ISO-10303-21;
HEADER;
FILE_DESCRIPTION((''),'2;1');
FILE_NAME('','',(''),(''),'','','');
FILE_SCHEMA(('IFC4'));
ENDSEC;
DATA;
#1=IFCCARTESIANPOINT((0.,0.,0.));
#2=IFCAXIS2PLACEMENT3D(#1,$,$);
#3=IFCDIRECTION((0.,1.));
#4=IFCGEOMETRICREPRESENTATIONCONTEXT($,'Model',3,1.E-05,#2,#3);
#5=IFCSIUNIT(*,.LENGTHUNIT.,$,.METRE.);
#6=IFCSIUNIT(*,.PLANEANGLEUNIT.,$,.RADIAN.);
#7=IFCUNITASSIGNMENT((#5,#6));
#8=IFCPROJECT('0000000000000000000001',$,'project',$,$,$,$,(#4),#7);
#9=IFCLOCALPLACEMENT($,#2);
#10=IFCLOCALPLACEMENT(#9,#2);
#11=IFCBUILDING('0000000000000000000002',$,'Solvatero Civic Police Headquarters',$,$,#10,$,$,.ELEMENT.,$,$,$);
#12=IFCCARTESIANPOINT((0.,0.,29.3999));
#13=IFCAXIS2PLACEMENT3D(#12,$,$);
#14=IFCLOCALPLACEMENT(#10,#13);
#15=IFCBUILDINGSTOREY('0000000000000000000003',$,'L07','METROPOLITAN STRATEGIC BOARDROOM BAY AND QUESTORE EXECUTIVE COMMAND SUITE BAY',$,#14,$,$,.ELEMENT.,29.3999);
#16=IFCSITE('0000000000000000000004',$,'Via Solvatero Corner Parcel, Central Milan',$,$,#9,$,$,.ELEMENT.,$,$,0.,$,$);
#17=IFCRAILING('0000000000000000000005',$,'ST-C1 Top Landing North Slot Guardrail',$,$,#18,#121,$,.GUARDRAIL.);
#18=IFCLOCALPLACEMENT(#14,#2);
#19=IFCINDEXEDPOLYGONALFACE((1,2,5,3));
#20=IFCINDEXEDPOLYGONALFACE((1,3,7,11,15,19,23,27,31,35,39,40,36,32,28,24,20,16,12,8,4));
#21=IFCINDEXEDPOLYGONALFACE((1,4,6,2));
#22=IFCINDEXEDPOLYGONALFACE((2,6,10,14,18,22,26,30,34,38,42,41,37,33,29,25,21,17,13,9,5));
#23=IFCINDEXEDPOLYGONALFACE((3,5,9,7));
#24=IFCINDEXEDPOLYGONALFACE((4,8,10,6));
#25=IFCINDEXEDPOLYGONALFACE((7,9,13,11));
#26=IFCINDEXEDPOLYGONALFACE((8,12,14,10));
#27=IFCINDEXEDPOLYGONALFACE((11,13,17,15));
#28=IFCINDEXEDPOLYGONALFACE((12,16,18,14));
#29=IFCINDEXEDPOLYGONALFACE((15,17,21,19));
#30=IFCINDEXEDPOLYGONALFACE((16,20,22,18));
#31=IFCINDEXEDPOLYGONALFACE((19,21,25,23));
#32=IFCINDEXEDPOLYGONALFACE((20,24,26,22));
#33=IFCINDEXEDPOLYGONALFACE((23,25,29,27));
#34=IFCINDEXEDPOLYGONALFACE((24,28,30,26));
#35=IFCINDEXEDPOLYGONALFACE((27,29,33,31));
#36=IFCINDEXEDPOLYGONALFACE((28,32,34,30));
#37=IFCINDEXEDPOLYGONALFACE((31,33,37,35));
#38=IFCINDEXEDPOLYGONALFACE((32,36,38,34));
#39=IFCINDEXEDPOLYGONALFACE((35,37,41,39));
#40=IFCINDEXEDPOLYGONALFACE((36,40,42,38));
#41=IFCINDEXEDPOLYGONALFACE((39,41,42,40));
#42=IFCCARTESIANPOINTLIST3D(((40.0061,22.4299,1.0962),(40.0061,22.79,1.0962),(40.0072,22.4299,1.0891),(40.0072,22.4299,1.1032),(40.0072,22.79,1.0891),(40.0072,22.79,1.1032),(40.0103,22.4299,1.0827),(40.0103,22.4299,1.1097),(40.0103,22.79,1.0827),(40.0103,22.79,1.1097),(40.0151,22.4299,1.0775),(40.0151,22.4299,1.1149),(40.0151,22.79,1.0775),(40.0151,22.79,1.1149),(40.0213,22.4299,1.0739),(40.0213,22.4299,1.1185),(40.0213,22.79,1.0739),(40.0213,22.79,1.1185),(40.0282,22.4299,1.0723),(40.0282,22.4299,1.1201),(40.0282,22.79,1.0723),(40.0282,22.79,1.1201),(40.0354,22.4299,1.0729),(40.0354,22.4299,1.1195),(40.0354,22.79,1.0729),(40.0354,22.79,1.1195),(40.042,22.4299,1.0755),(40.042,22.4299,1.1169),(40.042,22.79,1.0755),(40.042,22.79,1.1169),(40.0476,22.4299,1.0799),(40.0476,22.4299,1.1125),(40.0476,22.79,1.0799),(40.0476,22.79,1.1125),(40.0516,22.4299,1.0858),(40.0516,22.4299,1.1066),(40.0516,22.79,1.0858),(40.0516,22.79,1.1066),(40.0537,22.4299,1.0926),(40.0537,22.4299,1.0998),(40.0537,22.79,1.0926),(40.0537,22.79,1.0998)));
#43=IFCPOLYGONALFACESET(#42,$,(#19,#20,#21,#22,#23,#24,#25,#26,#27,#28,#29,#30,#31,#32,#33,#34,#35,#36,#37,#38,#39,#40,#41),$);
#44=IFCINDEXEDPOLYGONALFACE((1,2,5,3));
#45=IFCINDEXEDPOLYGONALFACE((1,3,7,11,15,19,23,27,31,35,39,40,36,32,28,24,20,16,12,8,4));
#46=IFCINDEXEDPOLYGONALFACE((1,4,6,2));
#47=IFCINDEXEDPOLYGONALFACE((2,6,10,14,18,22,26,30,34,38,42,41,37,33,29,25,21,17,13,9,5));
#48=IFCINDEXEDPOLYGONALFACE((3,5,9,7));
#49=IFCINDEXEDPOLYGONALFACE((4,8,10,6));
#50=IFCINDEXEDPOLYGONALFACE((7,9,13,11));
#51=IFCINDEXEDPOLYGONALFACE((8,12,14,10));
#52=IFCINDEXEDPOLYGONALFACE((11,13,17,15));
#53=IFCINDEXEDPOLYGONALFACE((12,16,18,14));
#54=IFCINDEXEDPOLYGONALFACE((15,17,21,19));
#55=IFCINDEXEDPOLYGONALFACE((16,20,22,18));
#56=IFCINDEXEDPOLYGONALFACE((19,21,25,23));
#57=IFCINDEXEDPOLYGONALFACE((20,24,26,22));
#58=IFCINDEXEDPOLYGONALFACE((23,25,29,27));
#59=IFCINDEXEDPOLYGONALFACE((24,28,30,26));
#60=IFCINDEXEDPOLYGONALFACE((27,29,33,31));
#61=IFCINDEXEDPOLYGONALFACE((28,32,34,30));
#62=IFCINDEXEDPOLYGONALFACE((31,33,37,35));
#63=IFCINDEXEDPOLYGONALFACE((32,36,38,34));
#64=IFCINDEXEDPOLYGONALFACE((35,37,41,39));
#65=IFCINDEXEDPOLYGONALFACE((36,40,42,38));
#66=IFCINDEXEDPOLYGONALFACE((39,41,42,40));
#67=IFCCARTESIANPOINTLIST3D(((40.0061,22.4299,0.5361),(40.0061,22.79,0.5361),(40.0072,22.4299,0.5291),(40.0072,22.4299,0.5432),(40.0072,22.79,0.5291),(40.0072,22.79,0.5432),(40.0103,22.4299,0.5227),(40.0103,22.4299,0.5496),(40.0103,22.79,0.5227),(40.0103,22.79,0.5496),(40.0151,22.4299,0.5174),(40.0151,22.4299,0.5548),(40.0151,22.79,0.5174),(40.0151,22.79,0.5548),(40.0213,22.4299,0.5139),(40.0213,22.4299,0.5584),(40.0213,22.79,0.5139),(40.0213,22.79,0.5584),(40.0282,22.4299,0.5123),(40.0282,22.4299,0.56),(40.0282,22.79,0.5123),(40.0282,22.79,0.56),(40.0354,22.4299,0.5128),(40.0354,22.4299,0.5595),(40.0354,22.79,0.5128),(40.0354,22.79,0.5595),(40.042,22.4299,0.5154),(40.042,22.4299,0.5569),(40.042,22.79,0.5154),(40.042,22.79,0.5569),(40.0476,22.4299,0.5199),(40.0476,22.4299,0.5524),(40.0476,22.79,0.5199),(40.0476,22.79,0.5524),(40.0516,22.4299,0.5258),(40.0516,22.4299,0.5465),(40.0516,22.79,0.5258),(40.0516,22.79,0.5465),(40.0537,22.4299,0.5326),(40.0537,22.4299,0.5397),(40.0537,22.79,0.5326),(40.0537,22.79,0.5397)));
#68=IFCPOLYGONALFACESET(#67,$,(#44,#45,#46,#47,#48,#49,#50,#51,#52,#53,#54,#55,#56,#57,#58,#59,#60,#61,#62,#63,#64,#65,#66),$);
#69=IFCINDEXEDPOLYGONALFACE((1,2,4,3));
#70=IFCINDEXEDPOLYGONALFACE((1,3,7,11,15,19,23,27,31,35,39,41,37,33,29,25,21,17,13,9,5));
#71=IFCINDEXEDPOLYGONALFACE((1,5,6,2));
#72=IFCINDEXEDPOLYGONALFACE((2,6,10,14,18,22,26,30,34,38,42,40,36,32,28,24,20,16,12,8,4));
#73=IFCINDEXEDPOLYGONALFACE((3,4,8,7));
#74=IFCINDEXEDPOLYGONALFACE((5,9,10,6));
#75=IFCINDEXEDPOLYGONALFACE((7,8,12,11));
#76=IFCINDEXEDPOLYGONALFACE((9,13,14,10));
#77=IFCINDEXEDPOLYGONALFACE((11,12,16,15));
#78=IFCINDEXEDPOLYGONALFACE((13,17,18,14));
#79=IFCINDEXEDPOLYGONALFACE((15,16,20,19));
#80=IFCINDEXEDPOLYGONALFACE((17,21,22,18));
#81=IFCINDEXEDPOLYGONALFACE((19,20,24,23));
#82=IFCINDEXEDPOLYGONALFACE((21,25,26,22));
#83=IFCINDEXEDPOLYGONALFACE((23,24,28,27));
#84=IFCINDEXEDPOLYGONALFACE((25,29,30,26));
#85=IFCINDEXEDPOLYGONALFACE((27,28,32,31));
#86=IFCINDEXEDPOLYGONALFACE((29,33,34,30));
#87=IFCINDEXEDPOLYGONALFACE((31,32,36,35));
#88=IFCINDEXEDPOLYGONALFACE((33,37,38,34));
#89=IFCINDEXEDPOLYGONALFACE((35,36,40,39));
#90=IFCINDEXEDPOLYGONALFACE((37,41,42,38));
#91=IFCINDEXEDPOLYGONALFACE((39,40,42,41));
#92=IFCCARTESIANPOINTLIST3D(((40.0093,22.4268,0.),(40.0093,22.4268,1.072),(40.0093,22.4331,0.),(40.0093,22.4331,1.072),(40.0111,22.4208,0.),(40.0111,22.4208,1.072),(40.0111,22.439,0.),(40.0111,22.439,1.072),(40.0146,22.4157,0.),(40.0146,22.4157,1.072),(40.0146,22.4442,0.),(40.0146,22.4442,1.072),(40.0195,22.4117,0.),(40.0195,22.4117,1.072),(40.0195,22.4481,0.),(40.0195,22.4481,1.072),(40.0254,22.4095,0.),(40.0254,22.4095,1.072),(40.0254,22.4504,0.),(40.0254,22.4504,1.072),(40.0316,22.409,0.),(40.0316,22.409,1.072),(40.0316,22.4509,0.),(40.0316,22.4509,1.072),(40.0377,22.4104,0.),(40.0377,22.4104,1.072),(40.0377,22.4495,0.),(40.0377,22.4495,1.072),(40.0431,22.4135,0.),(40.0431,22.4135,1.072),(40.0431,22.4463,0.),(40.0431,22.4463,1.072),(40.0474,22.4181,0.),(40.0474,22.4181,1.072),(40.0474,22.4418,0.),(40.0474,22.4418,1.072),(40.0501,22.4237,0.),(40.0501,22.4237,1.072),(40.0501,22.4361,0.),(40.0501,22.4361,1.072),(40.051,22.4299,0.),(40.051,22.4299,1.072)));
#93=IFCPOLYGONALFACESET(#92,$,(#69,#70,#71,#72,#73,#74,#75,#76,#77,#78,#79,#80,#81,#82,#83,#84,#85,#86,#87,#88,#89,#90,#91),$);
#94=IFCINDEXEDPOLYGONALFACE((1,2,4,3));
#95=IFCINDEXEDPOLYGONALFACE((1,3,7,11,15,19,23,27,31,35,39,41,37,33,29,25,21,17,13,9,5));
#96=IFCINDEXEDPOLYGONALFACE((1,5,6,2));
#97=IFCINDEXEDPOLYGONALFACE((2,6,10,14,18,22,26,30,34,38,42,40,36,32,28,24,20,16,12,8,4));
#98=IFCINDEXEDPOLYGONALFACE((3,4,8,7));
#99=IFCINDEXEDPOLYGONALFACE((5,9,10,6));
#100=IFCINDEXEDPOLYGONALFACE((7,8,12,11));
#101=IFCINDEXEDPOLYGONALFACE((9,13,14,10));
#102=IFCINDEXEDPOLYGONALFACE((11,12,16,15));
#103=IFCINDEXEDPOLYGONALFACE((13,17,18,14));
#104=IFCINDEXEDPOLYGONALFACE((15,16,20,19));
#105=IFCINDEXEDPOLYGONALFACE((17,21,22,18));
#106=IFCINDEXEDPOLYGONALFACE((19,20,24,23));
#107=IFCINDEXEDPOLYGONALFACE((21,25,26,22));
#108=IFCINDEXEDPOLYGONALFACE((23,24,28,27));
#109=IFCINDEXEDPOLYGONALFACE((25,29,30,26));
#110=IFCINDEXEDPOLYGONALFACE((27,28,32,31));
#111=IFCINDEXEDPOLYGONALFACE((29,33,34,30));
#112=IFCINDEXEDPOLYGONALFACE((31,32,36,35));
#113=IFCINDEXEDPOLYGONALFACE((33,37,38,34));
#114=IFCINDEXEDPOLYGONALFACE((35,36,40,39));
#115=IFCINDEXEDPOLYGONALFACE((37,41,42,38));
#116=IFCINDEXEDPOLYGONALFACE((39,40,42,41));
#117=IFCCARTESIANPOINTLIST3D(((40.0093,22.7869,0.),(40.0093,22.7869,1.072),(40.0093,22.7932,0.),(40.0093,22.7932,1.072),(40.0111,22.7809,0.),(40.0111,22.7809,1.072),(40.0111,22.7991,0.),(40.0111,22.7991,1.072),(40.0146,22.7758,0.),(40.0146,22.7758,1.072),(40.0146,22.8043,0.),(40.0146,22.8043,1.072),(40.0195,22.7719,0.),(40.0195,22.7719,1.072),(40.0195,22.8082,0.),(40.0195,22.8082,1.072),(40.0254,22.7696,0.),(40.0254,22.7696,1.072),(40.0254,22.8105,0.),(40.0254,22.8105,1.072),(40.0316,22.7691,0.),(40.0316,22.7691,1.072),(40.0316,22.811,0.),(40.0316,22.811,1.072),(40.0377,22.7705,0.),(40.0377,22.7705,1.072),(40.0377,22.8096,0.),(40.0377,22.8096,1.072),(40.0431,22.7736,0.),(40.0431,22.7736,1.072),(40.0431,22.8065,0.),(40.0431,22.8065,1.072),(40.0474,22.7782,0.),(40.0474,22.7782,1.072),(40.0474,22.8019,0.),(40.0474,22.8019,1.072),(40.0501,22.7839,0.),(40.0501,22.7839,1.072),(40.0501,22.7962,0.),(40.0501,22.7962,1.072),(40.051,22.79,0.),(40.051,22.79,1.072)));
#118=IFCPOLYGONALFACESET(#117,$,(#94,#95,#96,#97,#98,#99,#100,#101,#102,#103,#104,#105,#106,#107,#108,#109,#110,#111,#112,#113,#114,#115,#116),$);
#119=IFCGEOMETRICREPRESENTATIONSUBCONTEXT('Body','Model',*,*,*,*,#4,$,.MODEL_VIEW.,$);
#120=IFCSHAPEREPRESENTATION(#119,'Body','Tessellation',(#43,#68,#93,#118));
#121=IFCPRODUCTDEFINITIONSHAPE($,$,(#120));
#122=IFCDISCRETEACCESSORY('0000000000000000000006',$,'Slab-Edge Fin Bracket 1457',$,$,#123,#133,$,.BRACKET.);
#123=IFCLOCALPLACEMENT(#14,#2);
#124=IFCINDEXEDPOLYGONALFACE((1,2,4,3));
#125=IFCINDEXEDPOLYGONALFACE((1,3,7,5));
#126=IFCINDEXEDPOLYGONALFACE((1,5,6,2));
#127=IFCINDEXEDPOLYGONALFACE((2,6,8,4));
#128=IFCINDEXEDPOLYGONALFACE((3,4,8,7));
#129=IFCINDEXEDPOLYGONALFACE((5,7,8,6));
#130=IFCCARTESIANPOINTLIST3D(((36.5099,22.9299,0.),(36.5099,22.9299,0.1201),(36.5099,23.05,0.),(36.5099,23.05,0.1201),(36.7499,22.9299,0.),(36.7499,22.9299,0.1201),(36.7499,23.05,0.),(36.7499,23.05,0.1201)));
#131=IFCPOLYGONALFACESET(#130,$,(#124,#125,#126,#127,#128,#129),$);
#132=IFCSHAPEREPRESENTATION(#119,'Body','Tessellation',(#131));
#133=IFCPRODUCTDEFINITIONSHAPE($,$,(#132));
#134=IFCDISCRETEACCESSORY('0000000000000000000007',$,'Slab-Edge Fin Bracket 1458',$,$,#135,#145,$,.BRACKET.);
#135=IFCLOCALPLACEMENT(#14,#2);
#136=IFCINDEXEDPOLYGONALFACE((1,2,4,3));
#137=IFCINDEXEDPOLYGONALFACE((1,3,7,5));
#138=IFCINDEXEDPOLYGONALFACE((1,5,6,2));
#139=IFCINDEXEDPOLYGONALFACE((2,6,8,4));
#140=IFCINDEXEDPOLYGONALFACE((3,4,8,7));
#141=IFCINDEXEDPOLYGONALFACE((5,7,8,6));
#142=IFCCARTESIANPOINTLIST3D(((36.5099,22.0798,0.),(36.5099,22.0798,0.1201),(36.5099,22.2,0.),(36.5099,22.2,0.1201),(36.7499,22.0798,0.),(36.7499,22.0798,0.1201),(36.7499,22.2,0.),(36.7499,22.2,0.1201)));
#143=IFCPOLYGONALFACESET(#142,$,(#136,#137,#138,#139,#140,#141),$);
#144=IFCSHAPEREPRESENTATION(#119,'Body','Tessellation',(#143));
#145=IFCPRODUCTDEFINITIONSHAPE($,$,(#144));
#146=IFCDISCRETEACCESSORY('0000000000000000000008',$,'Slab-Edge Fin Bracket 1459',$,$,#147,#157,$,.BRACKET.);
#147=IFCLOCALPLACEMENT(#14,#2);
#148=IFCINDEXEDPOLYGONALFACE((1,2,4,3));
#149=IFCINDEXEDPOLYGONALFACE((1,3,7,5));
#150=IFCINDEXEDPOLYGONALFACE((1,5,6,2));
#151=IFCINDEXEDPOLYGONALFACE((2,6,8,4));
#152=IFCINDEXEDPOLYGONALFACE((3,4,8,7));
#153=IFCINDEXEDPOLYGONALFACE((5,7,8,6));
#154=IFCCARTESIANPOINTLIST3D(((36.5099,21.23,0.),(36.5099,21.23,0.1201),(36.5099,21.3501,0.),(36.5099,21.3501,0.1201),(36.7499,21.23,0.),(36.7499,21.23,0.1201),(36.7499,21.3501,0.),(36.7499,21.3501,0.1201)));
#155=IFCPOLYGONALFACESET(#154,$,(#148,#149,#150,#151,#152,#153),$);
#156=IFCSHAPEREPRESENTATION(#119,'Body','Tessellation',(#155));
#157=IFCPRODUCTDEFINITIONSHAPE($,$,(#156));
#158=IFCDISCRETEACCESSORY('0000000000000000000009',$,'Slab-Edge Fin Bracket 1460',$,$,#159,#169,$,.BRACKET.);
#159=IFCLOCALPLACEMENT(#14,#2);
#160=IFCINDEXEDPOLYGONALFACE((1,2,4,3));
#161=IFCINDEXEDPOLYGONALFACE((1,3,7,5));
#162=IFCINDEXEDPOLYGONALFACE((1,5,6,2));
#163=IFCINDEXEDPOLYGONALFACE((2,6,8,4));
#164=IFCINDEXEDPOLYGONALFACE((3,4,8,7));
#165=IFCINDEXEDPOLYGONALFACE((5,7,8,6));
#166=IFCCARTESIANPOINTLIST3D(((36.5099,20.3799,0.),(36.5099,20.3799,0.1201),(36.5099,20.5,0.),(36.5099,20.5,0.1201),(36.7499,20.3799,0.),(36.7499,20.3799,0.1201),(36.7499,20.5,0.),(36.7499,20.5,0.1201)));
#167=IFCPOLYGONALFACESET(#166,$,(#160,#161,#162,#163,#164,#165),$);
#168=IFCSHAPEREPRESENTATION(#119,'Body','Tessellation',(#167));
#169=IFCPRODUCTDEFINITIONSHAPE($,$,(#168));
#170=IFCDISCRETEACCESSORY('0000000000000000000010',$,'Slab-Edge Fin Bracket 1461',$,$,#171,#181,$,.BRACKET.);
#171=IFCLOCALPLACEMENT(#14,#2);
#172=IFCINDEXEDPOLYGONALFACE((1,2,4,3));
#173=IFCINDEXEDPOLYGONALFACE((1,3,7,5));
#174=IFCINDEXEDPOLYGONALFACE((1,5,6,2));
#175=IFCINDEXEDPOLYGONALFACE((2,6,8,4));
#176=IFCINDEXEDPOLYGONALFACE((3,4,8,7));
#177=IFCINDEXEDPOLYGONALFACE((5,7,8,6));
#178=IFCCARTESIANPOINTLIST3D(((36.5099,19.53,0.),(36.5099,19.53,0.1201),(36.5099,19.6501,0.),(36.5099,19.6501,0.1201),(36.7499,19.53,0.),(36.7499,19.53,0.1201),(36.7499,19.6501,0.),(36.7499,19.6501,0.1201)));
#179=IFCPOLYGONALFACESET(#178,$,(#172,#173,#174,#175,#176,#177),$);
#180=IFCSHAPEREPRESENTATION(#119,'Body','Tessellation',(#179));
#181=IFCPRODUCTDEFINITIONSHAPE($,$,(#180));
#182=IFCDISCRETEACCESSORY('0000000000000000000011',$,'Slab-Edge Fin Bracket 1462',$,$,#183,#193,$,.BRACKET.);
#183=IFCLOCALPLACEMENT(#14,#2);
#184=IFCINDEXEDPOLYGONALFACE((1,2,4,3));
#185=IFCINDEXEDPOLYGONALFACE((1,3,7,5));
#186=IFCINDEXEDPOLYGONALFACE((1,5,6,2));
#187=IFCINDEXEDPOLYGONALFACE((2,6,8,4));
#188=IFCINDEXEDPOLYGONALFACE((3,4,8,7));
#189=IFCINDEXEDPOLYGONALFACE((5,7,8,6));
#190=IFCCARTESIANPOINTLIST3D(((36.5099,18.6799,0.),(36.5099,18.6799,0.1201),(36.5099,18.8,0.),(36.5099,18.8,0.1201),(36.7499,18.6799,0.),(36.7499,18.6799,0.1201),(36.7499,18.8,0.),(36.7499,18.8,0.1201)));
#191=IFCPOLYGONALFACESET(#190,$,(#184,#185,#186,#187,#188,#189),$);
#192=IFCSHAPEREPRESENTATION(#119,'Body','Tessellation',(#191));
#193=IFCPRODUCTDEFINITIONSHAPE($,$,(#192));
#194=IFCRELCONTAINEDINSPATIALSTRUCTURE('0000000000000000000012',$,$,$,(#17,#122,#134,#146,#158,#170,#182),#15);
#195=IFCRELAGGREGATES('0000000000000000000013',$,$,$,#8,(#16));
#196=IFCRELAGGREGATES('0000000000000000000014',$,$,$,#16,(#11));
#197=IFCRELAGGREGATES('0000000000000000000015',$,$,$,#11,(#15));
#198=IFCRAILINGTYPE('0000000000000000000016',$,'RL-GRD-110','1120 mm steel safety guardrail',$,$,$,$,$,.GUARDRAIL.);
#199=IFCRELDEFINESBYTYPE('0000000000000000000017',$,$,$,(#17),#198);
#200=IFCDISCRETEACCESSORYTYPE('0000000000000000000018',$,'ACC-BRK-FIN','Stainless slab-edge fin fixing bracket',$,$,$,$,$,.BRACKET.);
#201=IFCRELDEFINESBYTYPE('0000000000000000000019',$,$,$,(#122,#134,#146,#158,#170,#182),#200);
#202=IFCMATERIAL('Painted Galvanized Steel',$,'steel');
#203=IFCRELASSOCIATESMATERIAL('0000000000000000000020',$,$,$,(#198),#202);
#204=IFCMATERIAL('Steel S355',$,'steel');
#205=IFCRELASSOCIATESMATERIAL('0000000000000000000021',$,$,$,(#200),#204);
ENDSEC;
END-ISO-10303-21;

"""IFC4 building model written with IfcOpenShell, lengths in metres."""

from ifc_helpers import new_model, si_unit, direction, frame, origin, origin_2d, place, context, subcontext, project, spatial, rectangle, circle, extrude, material, type_object, element, save


model = new_model("IFC4")

# Units and contexts
model_context = context("Model", 3, precision=1e-05, world=origin(), true_north=direction((0.0, 1.0)))
body_context = subcontext(model_context, "Body", "Model", "MODEL_VIEW")
ifc_project = project(units=[si_unit("LENGTHUNIT", "METRE"), si_unit("PLANEANGLEUNIT", "RADIAN")], contexts=[model_context])

# Site, building, storey
site_placement = place(None, origin())
site = spatial("IfcSite", under=ifc_project, at=site_placement, Name="Via Solvatero Corner Parcel, Central Milan", CompositionType="ELEMENT", RefElevation=0.0)
building_placement = place(site_placement, origin())
building = spatial("IfcBuilding", under=site, at=building_placement, Name="Solvatero Civic Police Headquarters", CompositionType="ELEMENT")
storey_placement = place(building_placement, frame((0.0, 0.0, 29.3999)))
storey = spatial("IfcBuildingStorey", under=building, at=storey_placement, Name="L07", Description="METROPOLITAN STRATEGIC BOARDROOM BAY AND QUESTORE EXECUTIVE COMMAND SUITE BAY", CompositionType="ELEMENT", Elevation=29.3999)

# Railing
ifc_material_1 = material(Name="Painted Galvanized Steel", Category="steel")
railing_type = type_object("IfcRailingType", Name="RL-GRD-110", Description="1120 mm steel safety guardrail", PredefinedType="GUARDRAIL", material=ifc_material_1)
railing_placement = place(storey_placement, frame((40.03, 22.4299, 0.0)))
element("IfcRailing", 1, at=railing_placement, inside=storey, type_object=railing_type, Name="ST-C1 Top Landing North Slot Guardrail", PredefinedType="GUARDRAIL", context=body_context, shape_type="SweptSolid", body=[
    extrude(circle(Radius=0.0239, at=origin_2d()), frame((0.0, 0.0, 1.0962), z_axis=(0.0, 1.0, 0.0), x_axis=(-1.0, 0.0, 0.0)), (0.0, 0.0, 1.0), 0.3601),
    extrude(circle(Radius=0.0239, at=origin_2d()), frame((0.0, 0.0, 0.5361), z_axis=(0.0, 1.0, 0.0), x_axis=(-1.0, 0.0, 0.0)), (0.0, 0.0, 1.0), 0.3601),
    extrude(circle(Radius=0.021, at=origin_2d()), origin(), (0.0, 0.0, 1.0), 1.072),
    extrude(circle(Radius=0.021, at=origin_2d()), frame((0.0, 0.3601, 0.0)), (0.0, 0.0, 1.0), 1.072),
])

# Discrete accessories
ifc_material_2 = material(Name="Steel S355", Category="steel")
discrete_accessory_type = type_object("IfcDiscreteAccessoryType", Name="ACC-BRK-FIN", Description="Stainless slab-edge fin fixing bracket", PredefinedType="BRACKET", material=ifc_material_2)
for number, where, z_axis, x_axis, name in (
    (2, (36.6299, 22.99, 0.0), (0.0, 0.0, 1.0), (0.0, -1.0, 0.0), "Slab-Edge Fin Bracket 1457"),
    (3, (36.6299, 22.1399, 0.0), (0.0, 0.0, 1.0), (0.0, -1.0, 0.0), "Slab-Edge Fin Bracket 1458"),
    (4, (36.6299, 21.29, 0.0), (0.0, 0.0, 1.0), (0.0, -1.0, 0.0), "Slab-Edge Fin Bracket 1459"),
    (5, (36.6299, 20.4399, 0.0), (0.0, 0.0, 1.0), (0.0, -1.0, 0.0), "Slab-Edge Fin Bracket 1460"),
    (6, (36.6299, 19.5901, 0.0), (0.0, 0.0, 1.0), (0.0, -1.0, 0.0), "Slab-Edge Fin Bracket 1461"),
    (7, (36.6299, 18.74, 0.0), (0.0, 0.0, 1.0), (0.0, -1.0, 0.0), "Slab-Edge Fin Bracket 1462"),
):
    element("IfcDiscreteAccessory", number, at=place(storey_placement, frame(where, z_axis=z_axis, x_axis=x_axis)), inside=storey, type_object=discrete_accessory_type, Name=name, PredefinedType="BRACKET", context=body_context, shape_type="SweptSolid", body=[
        extrude(rectangle(XDim=0.1201, YDim=0.24, at=origin_2d()), origin(), (0.0, 0.0, 1.0), 0.1201),
    ])

save(model, "model.ifc")
